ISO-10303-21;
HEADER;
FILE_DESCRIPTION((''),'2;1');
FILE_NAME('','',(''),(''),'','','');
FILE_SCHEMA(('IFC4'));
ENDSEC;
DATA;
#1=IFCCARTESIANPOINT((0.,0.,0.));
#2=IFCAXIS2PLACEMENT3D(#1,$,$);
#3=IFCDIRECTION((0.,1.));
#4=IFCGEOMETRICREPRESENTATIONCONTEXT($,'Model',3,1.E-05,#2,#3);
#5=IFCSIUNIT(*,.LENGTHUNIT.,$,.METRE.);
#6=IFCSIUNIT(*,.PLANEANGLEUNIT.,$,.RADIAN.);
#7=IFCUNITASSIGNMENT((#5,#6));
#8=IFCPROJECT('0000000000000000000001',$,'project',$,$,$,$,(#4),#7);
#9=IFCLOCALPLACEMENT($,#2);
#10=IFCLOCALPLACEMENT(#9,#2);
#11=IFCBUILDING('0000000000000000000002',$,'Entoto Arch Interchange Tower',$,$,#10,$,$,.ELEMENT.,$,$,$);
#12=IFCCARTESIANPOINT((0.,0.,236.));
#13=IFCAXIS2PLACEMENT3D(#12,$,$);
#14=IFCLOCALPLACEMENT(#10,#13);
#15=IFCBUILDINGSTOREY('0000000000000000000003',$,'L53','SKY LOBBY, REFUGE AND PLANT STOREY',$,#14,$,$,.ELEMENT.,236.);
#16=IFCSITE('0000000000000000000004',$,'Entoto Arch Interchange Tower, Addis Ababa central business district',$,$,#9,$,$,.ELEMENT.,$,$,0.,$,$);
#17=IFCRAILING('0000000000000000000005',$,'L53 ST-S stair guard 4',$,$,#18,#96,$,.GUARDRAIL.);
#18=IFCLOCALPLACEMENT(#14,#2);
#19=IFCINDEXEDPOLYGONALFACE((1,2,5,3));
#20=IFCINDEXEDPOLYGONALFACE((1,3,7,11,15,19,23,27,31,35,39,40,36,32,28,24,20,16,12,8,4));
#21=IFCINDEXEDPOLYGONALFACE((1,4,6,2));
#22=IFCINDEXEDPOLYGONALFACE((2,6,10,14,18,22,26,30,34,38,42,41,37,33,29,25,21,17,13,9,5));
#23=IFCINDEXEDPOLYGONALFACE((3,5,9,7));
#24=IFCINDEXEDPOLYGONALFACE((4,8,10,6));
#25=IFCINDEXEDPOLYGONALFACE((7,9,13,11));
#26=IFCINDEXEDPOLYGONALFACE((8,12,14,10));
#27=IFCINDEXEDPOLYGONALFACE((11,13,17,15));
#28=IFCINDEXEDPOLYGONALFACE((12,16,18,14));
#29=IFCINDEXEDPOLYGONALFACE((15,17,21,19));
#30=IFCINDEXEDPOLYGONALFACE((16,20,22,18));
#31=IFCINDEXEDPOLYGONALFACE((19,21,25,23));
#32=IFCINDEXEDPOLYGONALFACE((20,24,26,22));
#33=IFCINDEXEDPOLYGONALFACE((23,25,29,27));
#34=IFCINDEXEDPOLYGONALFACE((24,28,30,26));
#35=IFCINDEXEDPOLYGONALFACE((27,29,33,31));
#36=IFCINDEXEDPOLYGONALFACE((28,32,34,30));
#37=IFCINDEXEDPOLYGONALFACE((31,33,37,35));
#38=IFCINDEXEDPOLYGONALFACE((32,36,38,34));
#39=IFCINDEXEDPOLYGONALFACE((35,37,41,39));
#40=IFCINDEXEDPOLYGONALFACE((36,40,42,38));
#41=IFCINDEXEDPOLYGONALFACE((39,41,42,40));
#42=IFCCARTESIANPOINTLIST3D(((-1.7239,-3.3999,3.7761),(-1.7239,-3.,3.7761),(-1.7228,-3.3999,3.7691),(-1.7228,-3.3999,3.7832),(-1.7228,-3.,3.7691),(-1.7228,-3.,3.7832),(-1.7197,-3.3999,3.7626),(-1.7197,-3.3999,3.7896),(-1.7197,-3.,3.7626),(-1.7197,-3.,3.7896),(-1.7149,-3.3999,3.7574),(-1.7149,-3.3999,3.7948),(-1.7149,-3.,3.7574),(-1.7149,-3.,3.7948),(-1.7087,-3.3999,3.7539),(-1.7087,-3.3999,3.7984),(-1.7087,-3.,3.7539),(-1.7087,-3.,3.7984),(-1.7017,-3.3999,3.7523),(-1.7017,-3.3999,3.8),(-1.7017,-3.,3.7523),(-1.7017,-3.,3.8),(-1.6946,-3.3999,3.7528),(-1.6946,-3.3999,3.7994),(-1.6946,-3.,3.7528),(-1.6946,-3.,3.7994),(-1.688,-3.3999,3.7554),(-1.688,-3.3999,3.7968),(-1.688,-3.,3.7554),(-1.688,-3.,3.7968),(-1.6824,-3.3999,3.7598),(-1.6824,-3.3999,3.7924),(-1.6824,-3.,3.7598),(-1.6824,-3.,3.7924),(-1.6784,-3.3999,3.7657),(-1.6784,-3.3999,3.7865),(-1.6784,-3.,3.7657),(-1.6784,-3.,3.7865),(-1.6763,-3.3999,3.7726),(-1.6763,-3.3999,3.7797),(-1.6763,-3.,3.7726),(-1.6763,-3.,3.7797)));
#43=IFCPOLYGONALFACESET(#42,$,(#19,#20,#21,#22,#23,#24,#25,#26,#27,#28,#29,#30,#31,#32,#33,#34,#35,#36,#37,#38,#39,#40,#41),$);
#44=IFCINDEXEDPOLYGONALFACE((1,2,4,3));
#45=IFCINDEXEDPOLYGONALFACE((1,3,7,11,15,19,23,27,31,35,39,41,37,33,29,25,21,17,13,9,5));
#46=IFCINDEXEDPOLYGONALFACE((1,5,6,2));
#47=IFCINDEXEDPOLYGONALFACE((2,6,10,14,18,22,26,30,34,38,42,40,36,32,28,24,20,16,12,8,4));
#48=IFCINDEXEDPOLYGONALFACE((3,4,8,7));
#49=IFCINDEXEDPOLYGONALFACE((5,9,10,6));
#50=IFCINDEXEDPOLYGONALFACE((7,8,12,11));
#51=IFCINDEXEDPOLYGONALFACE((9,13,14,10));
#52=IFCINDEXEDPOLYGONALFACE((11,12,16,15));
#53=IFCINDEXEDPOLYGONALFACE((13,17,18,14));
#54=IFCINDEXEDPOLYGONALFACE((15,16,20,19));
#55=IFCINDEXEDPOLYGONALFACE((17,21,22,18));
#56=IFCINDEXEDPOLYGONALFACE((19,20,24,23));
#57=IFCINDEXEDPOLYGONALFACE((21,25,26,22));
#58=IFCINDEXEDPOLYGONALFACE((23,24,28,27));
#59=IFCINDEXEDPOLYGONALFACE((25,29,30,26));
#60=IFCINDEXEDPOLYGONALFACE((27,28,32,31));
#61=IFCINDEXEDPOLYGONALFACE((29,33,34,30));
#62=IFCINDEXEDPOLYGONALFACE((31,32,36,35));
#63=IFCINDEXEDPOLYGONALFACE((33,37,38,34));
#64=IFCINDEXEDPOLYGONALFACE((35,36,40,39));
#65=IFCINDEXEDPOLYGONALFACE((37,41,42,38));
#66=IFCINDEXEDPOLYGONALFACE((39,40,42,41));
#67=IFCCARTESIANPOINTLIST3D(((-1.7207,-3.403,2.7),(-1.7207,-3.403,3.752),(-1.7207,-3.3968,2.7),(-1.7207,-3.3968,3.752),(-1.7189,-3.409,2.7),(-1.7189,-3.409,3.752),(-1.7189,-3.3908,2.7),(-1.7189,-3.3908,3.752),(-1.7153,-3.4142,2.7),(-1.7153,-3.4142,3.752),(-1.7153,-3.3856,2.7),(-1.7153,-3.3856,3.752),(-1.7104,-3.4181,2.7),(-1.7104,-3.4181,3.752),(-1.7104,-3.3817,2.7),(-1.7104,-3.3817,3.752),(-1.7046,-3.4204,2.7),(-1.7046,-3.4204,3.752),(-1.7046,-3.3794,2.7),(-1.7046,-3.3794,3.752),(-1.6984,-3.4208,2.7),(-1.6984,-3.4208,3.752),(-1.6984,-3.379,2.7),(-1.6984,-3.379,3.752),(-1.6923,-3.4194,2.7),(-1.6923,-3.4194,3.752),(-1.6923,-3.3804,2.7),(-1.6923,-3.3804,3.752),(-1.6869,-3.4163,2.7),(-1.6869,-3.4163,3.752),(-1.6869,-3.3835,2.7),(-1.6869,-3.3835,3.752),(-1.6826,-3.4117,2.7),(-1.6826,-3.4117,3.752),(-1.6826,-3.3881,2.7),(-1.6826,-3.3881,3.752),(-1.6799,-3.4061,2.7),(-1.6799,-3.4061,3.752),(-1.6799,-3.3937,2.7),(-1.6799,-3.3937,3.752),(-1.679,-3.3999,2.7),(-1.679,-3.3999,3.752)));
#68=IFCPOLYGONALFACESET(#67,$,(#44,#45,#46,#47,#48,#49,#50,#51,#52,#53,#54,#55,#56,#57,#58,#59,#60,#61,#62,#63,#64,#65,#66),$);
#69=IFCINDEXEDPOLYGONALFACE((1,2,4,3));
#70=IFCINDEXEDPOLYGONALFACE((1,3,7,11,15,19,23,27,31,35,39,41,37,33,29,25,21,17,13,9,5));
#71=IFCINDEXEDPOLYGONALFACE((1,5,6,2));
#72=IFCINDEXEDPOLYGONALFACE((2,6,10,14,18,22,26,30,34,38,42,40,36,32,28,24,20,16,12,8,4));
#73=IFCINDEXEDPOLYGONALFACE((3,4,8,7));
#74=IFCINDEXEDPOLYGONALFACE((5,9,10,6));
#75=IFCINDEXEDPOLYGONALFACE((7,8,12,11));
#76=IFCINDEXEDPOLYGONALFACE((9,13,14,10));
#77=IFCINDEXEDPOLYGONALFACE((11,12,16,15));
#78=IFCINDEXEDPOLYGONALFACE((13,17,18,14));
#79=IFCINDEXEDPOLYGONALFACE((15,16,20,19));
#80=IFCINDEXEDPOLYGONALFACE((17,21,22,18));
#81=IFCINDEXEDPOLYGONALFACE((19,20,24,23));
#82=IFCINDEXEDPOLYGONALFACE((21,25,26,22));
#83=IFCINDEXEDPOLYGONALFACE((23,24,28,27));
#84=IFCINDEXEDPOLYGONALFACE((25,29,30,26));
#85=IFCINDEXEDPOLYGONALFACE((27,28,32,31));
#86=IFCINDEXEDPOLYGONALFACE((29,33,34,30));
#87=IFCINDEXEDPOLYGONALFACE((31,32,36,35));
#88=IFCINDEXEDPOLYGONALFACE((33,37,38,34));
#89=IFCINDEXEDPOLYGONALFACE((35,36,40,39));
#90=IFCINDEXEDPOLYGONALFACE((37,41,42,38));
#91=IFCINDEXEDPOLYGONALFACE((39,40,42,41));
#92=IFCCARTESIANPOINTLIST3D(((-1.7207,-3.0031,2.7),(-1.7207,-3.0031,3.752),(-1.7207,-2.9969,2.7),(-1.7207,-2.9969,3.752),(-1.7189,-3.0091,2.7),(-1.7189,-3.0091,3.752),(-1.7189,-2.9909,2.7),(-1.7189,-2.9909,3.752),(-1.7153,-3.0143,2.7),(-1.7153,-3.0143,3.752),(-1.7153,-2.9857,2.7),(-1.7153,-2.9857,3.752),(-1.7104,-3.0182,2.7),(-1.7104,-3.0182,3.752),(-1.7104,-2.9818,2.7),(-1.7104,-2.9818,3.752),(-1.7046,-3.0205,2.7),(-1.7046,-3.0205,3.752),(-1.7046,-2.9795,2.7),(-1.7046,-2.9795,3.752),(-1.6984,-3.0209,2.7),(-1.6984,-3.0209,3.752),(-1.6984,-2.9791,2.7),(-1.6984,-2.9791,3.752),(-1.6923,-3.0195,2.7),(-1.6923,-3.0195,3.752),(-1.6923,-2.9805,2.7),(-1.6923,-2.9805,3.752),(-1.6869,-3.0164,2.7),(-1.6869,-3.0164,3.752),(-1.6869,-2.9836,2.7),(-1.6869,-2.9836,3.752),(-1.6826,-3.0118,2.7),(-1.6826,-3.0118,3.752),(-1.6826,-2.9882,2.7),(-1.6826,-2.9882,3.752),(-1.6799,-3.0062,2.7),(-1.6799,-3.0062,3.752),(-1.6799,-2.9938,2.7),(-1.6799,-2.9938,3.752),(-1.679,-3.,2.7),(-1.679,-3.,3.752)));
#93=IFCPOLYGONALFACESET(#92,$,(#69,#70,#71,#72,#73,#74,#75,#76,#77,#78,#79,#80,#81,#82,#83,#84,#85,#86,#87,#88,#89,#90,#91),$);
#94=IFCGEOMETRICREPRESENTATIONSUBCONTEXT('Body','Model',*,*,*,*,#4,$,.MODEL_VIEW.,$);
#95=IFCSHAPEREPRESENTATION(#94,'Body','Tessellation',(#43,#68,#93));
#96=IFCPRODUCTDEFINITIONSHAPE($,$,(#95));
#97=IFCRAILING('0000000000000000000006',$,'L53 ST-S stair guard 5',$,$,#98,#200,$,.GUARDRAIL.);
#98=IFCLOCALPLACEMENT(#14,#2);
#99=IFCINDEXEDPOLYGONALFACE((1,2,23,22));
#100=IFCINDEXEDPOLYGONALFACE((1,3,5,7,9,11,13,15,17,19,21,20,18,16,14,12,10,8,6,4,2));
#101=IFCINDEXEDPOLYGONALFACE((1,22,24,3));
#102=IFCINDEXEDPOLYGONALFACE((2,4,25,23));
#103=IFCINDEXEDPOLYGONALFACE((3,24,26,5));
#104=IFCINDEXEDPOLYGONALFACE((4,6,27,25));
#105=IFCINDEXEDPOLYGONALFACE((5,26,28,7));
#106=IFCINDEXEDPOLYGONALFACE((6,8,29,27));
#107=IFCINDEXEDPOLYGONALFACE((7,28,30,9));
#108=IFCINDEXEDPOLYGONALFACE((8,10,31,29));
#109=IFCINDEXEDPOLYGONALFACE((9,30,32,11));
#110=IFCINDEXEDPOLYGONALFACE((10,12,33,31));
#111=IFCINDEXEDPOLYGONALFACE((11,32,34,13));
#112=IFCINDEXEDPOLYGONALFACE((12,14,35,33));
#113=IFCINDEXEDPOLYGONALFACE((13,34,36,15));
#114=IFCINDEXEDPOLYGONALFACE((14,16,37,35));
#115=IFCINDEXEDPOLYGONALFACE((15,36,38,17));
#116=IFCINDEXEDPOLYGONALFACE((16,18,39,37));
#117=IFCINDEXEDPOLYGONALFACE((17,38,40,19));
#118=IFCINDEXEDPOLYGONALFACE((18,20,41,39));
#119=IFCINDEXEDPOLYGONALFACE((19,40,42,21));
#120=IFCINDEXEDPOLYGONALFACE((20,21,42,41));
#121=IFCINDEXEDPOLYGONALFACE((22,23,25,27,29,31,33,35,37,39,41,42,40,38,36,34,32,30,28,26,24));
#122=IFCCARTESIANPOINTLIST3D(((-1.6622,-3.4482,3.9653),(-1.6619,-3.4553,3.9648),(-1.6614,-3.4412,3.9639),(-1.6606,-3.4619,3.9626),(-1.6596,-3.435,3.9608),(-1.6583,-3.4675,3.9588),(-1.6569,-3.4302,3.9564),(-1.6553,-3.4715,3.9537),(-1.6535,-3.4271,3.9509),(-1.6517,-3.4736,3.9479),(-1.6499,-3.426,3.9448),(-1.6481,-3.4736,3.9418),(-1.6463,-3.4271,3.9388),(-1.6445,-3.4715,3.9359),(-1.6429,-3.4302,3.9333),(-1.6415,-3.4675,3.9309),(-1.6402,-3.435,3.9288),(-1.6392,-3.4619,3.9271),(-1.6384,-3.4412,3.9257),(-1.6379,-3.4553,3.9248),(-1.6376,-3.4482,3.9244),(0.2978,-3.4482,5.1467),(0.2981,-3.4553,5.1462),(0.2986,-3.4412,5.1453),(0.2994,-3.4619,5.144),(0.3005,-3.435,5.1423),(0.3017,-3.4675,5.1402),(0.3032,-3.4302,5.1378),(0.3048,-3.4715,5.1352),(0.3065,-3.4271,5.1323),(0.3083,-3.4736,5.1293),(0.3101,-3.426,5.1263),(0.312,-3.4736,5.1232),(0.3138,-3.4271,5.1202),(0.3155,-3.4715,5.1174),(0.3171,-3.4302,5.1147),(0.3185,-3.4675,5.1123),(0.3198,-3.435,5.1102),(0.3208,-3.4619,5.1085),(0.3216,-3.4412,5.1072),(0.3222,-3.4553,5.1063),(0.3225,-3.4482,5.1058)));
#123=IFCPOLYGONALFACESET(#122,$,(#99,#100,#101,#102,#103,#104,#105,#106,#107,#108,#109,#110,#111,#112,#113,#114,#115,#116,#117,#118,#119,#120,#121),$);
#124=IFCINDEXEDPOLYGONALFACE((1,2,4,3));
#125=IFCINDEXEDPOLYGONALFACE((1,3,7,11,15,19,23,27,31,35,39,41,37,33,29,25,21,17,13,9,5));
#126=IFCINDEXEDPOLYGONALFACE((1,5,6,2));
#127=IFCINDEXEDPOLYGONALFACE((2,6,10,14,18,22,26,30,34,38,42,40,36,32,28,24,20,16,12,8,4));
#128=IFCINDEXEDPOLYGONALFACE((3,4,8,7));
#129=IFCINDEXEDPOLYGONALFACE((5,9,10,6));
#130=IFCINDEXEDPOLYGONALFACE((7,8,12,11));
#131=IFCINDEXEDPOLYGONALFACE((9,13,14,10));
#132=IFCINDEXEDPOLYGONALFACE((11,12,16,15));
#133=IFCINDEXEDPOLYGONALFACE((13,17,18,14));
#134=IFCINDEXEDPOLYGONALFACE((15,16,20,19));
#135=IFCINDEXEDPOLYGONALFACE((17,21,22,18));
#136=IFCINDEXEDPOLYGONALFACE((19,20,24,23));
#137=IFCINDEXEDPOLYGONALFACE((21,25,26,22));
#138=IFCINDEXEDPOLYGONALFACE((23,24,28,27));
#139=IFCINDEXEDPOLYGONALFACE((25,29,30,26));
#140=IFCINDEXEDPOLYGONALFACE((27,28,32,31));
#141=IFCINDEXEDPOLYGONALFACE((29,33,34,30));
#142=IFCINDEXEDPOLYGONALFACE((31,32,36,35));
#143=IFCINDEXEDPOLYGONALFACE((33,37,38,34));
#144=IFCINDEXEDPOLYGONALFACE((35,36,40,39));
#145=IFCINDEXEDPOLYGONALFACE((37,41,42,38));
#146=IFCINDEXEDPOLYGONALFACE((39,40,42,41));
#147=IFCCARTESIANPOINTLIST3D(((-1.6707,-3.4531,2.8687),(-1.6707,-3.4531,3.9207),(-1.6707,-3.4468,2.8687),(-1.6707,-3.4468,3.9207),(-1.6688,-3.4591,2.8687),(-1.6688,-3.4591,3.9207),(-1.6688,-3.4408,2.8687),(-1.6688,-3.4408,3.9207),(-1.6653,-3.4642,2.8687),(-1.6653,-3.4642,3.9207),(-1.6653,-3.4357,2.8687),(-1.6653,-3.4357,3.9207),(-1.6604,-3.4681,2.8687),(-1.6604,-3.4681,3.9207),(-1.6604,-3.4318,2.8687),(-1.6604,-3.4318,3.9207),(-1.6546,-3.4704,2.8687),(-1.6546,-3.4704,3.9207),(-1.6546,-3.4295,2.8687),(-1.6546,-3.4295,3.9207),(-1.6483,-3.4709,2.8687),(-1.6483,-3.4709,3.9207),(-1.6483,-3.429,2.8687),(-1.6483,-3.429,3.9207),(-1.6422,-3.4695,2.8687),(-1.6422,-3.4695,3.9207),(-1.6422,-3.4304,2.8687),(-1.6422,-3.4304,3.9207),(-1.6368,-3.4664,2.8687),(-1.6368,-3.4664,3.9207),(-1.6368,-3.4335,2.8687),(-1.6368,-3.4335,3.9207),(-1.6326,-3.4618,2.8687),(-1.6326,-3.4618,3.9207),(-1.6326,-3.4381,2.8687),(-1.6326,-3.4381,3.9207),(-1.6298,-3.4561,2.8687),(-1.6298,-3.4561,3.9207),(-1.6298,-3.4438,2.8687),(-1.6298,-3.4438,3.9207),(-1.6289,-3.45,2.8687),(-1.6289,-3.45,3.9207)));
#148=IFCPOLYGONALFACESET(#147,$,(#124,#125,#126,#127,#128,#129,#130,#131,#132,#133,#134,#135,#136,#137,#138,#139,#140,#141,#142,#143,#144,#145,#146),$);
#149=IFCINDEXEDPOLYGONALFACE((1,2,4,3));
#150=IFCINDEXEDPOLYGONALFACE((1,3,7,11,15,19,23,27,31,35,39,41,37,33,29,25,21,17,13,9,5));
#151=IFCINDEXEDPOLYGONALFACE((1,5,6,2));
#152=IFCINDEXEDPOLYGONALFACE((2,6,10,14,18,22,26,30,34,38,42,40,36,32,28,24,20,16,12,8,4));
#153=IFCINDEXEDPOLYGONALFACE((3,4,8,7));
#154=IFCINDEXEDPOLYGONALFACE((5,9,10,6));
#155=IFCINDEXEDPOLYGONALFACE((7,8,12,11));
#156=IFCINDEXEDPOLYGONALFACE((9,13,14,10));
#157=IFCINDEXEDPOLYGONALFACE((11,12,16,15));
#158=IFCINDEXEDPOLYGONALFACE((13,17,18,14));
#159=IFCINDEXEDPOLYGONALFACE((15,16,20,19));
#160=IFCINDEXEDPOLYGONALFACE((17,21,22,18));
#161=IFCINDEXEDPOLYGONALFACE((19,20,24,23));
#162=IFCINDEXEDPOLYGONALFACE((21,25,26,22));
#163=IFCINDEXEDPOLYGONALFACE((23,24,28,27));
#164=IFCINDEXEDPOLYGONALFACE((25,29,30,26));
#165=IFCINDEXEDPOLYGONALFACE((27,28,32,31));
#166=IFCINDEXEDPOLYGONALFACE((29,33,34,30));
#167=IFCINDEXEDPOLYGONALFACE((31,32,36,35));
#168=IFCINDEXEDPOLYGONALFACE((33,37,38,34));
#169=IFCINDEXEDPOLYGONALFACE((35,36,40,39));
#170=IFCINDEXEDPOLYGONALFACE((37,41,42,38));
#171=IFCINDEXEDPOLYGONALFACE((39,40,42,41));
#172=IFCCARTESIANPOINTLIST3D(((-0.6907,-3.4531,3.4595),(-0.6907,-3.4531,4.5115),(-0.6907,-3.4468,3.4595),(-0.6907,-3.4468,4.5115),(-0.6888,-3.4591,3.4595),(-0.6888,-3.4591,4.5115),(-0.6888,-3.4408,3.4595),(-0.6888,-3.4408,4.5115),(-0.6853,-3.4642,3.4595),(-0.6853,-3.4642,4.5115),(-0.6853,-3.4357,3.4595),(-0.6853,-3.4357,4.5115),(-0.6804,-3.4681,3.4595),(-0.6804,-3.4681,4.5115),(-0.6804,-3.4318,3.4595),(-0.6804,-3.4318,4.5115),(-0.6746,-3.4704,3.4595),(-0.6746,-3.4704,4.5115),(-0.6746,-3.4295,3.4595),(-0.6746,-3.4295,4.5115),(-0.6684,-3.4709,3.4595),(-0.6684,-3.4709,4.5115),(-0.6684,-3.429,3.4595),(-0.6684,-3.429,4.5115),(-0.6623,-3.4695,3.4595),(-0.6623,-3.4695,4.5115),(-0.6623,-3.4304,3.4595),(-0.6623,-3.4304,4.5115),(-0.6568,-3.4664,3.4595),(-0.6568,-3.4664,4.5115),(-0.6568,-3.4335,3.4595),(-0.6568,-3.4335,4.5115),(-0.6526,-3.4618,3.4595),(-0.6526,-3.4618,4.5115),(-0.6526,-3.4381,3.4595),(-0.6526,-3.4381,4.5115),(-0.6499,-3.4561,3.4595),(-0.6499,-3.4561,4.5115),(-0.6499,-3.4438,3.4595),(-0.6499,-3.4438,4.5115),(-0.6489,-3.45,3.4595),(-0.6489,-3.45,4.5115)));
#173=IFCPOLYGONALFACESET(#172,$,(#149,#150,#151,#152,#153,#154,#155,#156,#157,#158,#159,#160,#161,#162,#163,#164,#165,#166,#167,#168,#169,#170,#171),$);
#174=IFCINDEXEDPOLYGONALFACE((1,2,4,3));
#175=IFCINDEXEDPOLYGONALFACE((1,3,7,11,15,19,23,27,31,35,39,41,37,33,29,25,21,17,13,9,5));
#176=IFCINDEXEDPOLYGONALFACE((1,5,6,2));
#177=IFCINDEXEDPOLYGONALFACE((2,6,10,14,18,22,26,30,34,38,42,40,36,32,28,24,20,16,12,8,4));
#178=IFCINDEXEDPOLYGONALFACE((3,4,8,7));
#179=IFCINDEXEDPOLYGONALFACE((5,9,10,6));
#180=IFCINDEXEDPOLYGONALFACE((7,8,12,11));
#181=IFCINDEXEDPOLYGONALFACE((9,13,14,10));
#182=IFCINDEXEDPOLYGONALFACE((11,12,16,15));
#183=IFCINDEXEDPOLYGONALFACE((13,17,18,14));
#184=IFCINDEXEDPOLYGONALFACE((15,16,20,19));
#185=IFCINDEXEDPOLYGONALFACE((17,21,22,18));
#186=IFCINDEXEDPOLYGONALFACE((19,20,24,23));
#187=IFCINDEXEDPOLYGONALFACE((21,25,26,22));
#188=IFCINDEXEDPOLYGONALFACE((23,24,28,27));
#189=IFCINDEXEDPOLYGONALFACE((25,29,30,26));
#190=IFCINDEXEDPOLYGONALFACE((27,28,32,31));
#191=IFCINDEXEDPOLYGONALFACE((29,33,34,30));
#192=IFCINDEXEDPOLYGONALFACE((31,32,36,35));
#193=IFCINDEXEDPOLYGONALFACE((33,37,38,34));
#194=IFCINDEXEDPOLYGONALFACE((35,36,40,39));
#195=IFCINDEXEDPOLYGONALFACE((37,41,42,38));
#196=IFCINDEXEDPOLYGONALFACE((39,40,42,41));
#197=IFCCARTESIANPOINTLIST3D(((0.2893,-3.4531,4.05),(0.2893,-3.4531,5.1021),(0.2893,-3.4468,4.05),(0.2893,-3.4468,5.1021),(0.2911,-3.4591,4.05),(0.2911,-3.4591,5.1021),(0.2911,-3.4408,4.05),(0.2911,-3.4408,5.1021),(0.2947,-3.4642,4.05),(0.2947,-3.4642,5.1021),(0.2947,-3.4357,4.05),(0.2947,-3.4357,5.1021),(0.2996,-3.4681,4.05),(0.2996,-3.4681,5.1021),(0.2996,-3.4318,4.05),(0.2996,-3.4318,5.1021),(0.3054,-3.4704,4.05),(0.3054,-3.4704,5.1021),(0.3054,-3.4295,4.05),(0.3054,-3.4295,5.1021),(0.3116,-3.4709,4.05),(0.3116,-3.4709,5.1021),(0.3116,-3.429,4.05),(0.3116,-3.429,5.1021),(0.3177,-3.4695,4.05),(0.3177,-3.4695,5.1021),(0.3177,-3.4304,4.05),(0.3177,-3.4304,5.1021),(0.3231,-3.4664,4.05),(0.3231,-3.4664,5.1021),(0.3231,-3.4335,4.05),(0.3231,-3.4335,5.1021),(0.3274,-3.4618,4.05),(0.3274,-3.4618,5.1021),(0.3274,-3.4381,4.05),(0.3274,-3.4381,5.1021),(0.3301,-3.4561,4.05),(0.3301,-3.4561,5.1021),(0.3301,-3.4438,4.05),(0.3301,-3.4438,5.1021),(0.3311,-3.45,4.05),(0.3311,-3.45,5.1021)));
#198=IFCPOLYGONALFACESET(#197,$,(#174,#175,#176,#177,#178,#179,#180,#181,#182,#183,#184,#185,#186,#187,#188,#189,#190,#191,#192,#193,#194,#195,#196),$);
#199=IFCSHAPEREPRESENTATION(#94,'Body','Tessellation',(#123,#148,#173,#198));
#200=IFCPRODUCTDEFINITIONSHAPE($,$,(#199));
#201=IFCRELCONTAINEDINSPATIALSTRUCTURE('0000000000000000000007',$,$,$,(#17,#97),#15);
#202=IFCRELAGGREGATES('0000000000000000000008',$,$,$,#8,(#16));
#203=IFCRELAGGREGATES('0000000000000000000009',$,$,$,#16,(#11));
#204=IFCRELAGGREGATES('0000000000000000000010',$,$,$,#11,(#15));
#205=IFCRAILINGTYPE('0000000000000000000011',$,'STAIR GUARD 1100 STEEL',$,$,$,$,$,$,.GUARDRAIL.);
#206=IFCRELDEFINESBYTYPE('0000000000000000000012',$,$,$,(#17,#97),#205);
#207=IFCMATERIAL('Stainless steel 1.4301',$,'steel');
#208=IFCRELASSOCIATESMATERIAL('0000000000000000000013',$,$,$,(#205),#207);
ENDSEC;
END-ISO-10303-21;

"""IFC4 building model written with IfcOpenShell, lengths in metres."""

from ifc_helpers import new_model, si_unit, direction, frame, origin, origin_2d, place, context, subcontext, project, spatial, circle, extrude, material, type_object, element, save


model = new_model("IFC4")

# Units and contexts
model_context = context("Model", 3, precision=1e-05, world=origin(), true_north=direction((0.0, 1.0)))
body_context = subcontext(model_context, "Body", "Model", "MODEL_VIEW")
ifc_project = project(units=[si_unit("LENGTHUNIT", "METRE"), si_unit("PLANEANGLEUNIT", "RADIAN")], contexts=[model_context])

# Site, building, storey
site_placement = place(None, origin())
site = spatial("IfcSite", under=ifc_project, at=site_placement, Name="Entoto Arch Interchange Tower, Addis Ababa central business district", CompositionType="ELEMENT", RefElevation=0.0)
building_placement = place(site_placement, origin())
building = spatial("IfcBuilding", under=site, at=building_placement, Name="Entoto Arch Interchange Tower", CompositionType="ELEMENT")
storey_placement = place(building_placement, frame((0.0, 0.0, 236.0)))
storey = spatial("IfcBuildingStorey", under=building, at=storey_placement, Name="L53", Description="SKY LOBBY, REFUGE AND PLANT STOREY", CompositionType="ELEMENT", Elevation=236.0)

# Railings
ifc_material_1 = material(Name="Stainless steel 1.4301", Category="steel")
railing_type_1 = type_object("IfcRailingType", Name="STAIR GUARD 1100 STEEL", PredefinedType="GUARDRAIL", material=ifc_material_1)
railing_1_placement = place(storey_placement, frame((-1.7, -3.3999, 2.7)))
element("IfcRailing", 1, at=railing_1_placement, inside=storey, type_object=railing_type_1, Name="L53 ST-S stair guard 4", PredefinedType="GUARDRAIL", context=body_context, shape_type="SweptSolid", body=[
    extrude(circle(Radius=0.0239, at=origin_2d()), frame((0.0, 0.0, 1.0762), z_axis=(0.0, 1.0, 0.0), x_axis=(-1.0, 0.0, 0.0)), (0.0, 0.0, 1.0), 0.3999),
    extrude(circle(Radius=0.021, at=origin_2d()), origin(), (0.0, 0.0, 1.0), 1.052),
    extrude(circle(Radius=0.021, at=origin_2d()), frame((0.0, 0.3999, 0.0)), (0.0, 0.0, 1.0), 1.052),
])
railing_2_placement = place(storey_placement, frame((-1.6499, -3.45, 2.8687)))
element("IfcRailing", 2, at=railing_2_placement, inside=storey, type_object=railing_type_1, Name="L53 ST-S stair guard 5", PredefinedType="GUARDRAIL", context=body_context, shape_type="SweptSolid", body=[
    extrude(circle(Radius=0.0239, at=origin_2d()), frame((0.0, 0.0, 1.0762), z_axis=(0.856446, 0.0, 0.516236), x_axis=(0.0, 1.0, 0.0)), (0.0, 0.0, 1.0), 2.2886),
    extrude(circle(Radius=0.021, at=origin_2d()), origin(), (0.0, 0.0, 1.0), 1.052),
    extrude(circle(Radius=0.021, at=origin_2d()), frame((0.98, 0.0, 0.5908)), (0.0, 0.0, 1.0), 1.052),
    extrude(circle(Radius=0.021, at=origin_2d()), frame((1.96, 0.0, 1.1814)), (0.0, 0.0, 1.0), 1.052),
])

save(model, "model.ifc")
